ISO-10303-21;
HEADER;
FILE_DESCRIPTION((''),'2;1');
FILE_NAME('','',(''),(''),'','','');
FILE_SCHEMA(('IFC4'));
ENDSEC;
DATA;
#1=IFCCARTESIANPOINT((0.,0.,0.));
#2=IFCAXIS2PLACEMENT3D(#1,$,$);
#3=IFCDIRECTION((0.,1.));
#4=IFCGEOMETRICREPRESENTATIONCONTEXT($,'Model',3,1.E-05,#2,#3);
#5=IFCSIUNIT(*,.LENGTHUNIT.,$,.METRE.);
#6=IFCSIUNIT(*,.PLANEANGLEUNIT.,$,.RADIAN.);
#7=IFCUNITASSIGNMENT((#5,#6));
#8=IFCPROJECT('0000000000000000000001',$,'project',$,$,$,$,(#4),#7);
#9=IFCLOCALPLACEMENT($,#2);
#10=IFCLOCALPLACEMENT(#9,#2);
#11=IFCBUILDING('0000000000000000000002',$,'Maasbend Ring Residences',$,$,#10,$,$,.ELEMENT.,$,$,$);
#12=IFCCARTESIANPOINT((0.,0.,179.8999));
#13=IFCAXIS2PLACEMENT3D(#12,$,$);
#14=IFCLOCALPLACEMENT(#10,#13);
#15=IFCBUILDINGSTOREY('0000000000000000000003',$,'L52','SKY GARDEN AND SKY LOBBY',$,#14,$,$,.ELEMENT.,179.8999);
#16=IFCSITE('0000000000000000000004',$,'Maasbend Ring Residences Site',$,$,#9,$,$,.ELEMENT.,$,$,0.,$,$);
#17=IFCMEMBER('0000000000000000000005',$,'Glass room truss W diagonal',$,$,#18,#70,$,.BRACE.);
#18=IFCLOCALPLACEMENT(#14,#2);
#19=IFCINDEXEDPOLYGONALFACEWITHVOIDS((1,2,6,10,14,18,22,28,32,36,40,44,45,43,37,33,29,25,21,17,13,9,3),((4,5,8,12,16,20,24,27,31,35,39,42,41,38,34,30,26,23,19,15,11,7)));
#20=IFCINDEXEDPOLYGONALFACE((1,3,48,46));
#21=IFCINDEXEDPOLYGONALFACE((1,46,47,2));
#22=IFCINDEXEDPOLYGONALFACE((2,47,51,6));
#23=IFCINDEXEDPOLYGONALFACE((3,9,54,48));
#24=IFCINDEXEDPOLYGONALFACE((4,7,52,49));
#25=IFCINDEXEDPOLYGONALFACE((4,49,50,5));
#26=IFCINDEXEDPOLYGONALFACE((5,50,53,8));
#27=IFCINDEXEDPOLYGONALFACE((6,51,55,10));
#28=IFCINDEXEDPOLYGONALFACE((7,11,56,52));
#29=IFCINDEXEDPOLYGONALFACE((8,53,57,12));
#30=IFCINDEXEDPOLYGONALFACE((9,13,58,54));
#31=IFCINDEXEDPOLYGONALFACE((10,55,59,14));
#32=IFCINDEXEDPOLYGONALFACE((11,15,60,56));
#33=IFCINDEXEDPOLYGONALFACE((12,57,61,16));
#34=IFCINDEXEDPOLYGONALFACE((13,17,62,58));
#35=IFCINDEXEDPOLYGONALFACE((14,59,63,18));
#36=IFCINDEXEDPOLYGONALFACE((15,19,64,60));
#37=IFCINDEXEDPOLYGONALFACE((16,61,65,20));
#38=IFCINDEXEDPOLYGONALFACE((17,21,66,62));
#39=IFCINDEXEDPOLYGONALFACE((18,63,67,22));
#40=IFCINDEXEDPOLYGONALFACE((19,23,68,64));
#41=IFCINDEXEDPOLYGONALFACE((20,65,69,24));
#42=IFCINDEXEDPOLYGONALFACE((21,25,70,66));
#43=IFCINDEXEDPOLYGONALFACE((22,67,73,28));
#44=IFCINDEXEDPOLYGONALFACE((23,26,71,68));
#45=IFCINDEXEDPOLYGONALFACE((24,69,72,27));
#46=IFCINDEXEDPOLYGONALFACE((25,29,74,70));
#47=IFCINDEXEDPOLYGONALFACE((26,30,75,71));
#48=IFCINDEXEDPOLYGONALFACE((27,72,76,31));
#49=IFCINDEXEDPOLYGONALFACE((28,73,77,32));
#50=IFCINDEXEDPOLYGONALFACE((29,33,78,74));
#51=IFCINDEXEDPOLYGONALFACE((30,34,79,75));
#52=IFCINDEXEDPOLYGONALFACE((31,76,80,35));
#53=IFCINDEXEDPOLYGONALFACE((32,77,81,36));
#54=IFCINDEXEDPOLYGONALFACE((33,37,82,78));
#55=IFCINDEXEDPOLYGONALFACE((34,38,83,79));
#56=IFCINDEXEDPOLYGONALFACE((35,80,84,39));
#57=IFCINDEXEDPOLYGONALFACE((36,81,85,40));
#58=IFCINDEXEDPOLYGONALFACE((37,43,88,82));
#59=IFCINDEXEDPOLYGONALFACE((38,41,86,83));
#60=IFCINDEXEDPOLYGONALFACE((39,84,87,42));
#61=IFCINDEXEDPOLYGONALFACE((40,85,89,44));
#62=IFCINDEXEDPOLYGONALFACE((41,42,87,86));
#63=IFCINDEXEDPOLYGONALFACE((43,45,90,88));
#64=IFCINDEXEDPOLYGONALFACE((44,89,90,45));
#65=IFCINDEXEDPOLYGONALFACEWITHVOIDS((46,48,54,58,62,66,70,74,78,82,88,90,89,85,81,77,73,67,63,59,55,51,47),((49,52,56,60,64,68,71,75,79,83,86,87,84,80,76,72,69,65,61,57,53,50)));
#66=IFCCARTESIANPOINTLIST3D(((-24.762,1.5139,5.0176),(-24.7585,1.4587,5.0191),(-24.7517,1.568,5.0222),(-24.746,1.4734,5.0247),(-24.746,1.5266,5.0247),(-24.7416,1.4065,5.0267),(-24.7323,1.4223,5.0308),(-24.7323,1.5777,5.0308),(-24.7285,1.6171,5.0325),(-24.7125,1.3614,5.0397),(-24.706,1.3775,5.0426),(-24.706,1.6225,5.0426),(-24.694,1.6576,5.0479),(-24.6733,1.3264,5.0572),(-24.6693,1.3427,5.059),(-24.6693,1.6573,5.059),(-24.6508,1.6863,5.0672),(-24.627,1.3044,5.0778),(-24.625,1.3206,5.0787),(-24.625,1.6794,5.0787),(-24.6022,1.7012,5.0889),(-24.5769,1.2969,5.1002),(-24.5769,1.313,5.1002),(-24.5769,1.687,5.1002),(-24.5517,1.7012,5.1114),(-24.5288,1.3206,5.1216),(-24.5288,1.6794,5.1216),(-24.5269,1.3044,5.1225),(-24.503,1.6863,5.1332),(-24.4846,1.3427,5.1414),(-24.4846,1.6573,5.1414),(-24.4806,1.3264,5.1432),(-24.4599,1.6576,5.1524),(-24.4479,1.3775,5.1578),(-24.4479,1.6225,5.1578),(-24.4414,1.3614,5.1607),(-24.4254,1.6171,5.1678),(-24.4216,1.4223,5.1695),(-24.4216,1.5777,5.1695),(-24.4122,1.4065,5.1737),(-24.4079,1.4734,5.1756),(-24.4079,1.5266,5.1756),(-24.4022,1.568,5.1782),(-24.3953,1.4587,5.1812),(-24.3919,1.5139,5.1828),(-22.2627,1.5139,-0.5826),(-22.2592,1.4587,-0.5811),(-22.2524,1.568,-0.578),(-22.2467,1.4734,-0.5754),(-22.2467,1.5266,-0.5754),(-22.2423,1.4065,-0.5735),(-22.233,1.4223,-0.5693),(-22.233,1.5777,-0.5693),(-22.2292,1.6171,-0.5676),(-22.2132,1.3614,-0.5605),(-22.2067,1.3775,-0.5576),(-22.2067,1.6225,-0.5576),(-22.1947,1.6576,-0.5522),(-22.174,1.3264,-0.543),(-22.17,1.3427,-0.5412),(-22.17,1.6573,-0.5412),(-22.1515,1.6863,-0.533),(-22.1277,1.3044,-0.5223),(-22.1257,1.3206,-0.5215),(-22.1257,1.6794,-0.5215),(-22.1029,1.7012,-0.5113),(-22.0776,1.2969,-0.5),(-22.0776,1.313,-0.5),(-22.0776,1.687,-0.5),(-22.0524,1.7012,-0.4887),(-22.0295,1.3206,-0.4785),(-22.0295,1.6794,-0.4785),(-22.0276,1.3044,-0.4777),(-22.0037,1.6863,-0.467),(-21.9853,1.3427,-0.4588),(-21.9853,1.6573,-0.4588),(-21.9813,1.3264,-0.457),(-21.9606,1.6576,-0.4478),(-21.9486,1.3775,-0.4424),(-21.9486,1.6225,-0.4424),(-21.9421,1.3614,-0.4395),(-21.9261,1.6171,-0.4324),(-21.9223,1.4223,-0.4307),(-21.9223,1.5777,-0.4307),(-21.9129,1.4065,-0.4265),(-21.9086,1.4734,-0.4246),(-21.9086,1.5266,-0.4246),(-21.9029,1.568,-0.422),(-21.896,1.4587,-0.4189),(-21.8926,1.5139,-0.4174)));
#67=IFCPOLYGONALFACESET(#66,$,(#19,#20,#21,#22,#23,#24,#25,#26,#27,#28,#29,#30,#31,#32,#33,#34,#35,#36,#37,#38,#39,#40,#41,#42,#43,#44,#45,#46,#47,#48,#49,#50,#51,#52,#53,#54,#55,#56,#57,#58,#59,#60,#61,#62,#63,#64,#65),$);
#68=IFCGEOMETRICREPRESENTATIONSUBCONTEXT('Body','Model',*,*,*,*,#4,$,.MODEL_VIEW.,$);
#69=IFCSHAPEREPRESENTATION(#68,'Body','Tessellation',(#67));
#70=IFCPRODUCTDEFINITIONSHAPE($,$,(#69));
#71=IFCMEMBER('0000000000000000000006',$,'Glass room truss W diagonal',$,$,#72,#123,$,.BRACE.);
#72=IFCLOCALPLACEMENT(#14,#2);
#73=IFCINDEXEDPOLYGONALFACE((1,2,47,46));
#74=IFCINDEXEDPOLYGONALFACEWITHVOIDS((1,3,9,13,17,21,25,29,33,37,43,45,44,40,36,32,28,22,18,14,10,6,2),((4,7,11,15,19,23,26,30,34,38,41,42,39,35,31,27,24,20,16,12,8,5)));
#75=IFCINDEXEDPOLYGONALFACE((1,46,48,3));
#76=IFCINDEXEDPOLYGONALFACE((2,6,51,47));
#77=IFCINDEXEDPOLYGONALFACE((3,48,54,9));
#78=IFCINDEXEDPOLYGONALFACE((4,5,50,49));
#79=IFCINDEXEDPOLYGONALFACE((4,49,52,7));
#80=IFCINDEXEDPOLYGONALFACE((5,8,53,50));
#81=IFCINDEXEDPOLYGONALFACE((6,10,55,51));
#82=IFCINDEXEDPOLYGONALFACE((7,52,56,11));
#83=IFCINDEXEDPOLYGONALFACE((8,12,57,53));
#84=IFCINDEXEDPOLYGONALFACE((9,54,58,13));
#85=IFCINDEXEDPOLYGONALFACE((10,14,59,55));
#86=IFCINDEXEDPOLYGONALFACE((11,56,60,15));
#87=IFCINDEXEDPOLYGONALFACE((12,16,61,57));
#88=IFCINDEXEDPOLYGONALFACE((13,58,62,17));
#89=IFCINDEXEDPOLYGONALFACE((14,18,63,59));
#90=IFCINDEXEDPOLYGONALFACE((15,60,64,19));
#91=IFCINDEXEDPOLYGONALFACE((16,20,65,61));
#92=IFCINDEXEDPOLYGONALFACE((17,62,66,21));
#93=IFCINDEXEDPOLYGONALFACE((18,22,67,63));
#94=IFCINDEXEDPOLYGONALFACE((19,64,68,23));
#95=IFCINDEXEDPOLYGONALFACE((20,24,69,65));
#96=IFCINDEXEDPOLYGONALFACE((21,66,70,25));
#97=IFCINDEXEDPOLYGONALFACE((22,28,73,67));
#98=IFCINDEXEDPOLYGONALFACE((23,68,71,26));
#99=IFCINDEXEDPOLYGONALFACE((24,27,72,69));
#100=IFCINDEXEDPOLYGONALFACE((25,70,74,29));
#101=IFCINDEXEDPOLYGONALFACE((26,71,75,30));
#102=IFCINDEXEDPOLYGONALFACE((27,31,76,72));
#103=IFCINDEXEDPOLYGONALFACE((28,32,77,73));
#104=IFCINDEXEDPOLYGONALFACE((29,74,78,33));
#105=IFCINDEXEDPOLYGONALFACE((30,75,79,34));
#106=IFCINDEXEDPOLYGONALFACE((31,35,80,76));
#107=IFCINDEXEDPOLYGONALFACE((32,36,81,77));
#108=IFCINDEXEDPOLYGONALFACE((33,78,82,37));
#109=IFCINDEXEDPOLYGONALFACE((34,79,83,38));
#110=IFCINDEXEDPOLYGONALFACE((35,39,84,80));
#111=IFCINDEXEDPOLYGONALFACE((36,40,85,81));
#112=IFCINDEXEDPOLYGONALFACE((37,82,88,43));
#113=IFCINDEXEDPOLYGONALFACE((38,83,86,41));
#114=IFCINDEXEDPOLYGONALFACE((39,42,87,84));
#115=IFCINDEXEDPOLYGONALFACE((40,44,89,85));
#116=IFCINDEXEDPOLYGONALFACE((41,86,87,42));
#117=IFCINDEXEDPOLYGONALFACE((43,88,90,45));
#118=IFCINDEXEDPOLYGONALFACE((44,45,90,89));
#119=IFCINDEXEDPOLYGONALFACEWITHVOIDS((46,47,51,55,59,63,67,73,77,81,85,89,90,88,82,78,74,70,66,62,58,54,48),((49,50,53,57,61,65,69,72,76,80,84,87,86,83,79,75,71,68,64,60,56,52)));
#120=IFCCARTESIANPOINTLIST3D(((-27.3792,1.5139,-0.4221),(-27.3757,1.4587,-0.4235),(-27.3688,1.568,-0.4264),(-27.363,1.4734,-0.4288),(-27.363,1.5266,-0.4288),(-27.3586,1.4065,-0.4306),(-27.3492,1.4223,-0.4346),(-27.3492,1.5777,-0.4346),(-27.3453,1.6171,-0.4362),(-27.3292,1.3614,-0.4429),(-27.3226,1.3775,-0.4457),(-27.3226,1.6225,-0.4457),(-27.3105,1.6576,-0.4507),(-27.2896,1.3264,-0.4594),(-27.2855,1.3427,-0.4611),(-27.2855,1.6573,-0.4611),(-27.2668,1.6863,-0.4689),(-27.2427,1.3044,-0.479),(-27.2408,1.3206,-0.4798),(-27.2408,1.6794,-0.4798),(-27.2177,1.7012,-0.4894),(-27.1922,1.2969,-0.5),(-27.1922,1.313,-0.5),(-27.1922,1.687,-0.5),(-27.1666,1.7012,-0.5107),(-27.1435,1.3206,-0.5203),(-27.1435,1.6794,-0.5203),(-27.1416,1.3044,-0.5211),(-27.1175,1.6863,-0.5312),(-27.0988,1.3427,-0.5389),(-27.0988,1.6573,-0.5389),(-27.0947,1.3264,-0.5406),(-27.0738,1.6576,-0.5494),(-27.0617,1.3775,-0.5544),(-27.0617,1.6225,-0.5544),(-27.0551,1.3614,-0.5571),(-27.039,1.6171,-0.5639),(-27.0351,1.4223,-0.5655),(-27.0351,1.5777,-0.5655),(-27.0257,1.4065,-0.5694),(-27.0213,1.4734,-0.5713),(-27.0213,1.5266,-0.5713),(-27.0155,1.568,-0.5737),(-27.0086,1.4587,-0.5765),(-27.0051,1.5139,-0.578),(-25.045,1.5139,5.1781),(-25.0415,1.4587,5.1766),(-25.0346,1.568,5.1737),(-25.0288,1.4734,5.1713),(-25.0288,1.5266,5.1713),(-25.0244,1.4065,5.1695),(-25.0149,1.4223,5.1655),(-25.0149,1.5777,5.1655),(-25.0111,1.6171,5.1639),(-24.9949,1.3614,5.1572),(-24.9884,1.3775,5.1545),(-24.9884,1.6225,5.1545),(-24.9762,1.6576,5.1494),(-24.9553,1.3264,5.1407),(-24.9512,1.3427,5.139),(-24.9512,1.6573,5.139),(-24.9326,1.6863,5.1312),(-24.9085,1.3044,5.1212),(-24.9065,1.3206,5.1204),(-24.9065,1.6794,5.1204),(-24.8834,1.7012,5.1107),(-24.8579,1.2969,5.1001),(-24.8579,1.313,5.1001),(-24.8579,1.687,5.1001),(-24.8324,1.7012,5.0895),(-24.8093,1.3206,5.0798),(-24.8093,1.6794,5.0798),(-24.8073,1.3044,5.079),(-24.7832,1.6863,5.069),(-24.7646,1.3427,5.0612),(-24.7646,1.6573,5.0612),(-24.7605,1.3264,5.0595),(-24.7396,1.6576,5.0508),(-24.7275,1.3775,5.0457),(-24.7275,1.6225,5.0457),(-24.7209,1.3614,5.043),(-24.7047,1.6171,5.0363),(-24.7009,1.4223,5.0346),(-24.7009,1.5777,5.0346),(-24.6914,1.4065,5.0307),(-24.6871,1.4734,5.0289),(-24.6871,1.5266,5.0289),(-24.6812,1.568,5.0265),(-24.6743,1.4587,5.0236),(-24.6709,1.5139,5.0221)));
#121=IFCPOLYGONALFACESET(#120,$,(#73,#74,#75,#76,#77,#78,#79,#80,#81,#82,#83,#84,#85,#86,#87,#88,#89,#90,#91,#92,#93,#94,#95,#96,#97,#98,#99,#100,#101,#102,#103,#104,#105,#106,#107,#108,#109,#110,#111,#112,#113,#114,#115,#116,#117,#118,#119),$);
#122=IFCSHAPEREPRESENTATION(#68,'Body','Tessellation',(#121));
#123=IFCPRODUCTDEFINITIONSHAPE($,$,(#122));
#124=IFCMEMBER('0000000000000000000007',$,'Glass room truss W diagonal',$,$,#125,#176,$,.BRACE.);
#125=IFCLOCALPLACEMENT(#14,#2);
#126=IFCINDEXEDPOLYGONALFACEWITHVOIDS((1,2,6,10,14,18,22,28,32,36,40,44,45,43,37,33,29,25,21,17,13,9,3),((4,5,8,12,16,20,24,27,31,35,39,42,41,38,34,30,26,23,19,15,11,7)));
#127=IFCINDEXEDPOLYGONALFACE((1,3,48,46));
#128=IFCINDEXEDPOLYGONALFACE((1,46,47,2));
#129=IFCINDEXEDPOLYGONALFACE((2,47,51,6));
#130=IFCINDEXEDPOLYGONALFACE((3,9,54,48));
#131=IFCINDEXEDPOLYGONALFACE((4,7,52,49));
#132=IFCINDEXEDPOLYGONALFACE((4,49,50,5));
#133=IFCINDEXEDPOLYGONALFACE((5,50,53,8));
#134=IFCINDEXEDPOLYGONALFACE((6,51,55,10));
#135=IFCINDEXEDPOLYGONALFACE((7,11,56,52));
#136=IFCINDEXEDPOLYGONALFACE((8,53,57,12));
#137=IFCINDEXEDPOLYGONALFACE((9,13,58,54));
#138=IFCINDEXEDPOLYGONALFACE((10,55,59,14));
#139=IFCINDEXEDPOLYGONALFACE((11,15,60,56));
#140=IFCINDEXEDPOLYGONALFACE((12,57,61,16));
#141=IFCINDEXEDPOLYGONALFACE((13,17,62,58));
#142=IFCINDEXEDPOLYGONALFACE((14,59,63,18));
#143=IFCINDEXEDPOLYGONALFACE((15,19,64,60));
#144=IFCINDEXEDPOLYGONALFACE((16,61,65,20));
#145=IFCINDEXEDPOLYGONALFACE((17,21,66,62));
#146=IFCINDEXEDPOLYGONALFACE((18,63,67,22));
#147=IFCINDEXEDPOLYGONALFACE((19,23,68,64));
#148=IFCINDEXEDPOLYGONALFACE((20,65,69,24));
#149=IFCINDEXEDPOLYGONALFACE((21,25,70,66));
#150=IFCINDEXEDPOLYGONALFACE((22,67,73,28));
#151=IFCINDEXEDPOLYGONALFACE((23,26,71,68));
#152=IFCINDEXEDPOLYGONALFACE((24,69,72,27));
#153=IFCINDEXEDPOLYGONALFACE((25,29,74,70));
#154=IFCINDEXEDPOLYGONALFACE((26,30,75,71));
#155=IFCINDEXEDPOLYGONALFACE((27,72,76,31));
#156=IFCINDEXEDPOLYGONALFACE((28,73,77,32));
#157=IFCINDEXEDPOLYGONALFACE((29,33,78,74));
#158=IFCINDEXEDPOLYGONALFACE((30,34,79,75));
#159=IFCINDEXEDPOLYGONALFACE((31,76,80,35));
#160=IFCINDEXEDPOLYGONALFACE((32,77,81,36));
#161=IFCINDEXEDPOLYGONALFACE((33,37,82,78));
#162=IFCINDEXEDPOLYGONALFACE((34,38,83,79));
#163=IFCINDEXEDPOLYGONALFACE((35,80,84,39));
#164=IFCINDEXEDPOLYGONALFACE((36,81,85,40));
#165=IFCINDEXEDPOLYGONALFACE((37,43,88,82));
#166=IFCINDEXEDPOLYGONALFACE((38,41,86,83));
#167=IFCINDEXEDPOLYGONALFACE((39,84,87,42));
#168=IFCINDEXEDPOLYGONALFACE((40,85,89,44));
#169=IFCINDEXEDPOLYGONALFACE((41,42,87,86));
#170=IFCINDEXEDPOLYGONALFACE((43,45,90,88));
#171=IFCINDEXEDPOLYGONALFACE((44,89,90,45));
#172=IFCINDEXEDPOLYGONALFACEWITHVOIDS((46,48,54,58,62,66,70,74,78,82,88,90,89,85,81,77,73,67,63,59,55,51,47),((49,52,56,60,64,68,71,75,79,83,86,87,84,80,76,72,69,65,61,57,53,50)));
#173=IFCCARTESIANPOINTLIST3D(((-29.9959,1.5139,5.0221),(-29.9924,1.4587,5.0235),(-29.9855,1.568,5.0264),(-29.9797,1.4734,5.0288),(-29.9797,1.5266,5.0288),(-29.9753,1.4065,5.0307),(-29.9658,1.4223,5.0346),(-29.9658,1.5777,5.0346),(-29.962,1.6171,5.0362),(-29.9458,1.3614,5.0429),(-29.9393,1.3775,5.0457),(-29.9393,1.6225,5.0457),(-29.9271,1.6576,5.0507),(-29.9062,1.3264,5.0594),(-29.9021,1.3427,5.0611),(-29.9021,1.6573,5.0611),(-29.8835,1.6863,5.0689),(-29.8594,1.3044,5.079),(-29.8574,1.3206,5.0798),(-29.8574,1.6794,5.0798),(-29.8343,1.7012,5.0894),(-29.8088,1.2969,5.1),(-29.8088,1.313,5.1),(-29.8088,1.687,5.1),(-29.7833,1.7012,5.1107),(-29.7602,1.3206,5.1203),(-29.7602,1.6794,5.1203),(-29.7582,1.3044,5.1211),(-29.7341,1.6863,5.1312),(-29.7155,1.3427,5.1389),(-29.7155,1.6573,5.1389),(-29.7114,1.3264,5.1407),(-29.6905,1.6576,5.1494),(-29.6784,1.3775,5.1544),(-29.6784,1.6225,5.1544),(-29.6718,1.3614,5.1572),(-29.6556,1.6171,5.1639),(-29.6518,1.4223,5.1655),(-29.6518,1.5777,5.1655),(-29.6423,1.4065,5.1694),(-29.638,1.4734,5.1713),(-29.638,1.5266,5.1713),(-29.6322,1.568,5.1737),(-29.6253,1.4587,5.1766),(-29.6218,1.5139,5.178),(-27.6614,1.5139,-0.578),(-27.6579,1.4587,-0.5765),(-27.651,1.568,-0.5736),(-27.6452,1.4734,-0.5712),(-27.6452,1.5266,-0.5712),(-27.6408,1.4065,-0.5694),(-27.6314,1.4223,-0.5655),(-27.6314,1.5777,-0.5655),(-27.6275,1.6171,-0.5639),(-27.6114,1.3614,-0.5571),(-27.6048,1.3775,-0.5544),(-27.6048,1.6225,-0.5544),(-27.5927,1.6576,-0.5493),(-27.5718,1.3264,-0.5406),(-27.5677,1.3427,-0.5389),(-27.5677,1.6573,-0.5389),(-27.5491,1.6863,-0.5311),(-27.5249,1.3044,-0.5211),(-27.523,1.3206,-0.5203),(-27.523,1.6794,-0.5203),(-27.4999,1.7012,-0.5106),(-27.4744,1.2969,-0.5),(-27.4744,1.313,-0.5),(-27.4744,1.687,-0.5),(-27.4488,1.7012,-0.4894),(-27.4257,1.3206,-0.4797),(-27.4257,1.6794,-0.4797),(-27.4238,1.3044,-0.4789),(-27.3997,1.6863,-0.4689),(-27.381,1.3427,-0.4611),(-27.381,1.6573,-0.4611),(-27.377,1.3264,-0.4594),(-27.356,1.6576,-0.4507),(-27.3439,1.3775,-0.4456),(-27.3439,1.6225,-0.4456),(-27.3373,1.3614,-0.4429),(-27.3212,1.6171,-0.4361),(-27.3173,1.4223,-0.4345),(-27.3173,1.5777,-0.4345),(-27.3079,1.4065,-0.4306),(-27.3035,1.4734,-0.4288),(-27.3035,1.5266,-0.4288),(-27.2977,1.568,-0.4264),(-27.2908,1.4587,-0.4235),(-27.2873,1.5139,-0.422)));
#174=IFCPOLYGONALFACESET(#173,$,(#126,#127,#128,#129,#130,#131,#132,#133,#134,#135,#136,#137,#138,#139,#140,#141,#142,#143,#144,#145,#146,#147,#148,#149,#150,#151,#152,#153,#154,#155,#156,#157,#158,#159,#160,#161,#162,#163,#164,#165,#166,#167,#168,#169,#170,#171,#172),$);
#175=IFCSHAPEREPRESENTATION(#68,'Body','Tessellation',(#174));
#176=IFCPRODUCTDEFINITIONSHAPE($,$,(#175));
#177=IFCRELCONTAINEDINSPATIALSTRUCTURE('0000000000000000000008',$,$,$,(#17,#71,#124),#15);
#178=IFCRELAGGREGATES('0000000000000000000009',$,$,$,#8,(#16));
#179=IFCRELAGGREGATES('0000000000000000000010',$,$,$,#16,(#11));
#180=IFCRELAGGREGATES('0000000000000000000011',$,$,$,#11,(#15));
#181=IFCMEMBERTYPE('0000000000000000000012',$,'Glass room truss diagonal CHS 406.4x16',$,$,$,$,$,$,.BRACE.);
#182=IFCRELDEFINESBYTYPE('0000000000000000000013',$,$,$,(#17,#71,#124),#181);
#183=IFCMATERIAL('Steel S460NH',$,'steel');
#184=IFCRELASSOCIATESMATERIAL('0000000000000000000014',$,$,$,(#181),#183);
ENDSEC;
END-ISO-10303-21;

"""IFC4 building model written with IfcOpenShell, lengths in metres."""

from ifc_helpers import new_model, si_unit, direction, frame, origin, origin_2d, place, context, subcontext, project, spatial, hollow_circle, extrude, material, material_profile, profile_set, type_object, element, save


model = new_model("IFC4")

# Units and contexts
model_context = context("Model", 3, precision=1e-05, world=origin(), true_north=direction((0.0, 1.0)))
body_context = subcontext(model_context, "Body", "Model", "MODEL_VIEW")
ifc_project = project(units=[si_unit("LENGTHUNIT", "METRE"), si_unit("PLANEANGLEUNIT", "RADIAN")], contexts=[model_context])

# Site, building, storey
site_placement = place(None, origin())
site = spatial("IfcSite", under=ifc_project, at=site_placement, Name="Maasbend Ring Residences Site", CompositionType="ELEMENT", RefElevation=0.0)
building_placement = place(site_placement, origin())
building = spatial("IfcBuilding", under=site, at=building_placement, Name="Maasbend Ring Residences", CompositionType="ELEMENT")
storey_placement = place(building_placement, frame((0.0, 0.0, 179.8999)))
storey = spatial("IfcBuildingStorey", under=building, at=storey_placement, Name="L52", Description="SKY GARDEN AND SKY LOBBY", CompositionType="ELEMENT", Elevation=179.8999)

# Members
ifc_material_1 = material(Name="Steel S460NH", Category="steel")
ifc_material_profile_1 = material_profile(ifc_material_1, hollow_circle(Radius=0.2031, WallThickness=0.0161, at=origin_2d()), Name="Glass room truss diagonal CHS 406.4x16")
ifc_profile_set_1 = profile_set([ifc_material_profile_1], Name="Steel S460NH")
member_type_1 = type_object("IfcMemberType", Name="Glass room truss diagonal CHS 406.4x16", PredefinedType="BRACE", material=ifc_profile_set_1)
member_1_placement = place(storey_placement, frame((-22.0776, 1.5, -0.5), z_axis=(-0.407545, 0.0, 0.913185), x_axis=(0.0, -1.0, 0.0)))
element("IfcMember", 1, at=member_1_placement, inside=storey, type_object=member_type_1, Name="Glass room truss W diagonal", PredefinedType="BRACE", context=body_context, shape_type="SweptSolid", body=[
    extrude(hollow_circle(Radius=0.2031, WallThickness=0.0161, at=origin_2d()), origin(), (0.0, 0.0, 1.0), 6.1326),
])
for number, where, z_axis, x_axis, name in (
    (2, (-24.8579, 1.5, 5.1001), (-0.384735, 0.0, -0.923027), (0.0, -1.0, 0.0), "Glass room truss W diagonal"),
    (3, (-27.4744, 1.5, -0.5), (-0.38477, 0.0, 0.923013), (0.0, -1.0, 0.0), "Glass room truss W diagonal"),
):
    element("IfcMember", number, at=place(storey_placement, frame(where, z_axis=z_axis, x_axis=x_axis)), inside=storey, type_object=member_type_1, Name=name, PredefinedType="BRACE", context=body_context, shape_type="SweptSolid", body=[
        extrude(hollow_circle(Radius=0.2031, WallThickness=0.0161, at=origin_2d()), origin(), (0.0, 0.0, 1.0), 6.0671),
    ])

save(model, "model.ifc")
